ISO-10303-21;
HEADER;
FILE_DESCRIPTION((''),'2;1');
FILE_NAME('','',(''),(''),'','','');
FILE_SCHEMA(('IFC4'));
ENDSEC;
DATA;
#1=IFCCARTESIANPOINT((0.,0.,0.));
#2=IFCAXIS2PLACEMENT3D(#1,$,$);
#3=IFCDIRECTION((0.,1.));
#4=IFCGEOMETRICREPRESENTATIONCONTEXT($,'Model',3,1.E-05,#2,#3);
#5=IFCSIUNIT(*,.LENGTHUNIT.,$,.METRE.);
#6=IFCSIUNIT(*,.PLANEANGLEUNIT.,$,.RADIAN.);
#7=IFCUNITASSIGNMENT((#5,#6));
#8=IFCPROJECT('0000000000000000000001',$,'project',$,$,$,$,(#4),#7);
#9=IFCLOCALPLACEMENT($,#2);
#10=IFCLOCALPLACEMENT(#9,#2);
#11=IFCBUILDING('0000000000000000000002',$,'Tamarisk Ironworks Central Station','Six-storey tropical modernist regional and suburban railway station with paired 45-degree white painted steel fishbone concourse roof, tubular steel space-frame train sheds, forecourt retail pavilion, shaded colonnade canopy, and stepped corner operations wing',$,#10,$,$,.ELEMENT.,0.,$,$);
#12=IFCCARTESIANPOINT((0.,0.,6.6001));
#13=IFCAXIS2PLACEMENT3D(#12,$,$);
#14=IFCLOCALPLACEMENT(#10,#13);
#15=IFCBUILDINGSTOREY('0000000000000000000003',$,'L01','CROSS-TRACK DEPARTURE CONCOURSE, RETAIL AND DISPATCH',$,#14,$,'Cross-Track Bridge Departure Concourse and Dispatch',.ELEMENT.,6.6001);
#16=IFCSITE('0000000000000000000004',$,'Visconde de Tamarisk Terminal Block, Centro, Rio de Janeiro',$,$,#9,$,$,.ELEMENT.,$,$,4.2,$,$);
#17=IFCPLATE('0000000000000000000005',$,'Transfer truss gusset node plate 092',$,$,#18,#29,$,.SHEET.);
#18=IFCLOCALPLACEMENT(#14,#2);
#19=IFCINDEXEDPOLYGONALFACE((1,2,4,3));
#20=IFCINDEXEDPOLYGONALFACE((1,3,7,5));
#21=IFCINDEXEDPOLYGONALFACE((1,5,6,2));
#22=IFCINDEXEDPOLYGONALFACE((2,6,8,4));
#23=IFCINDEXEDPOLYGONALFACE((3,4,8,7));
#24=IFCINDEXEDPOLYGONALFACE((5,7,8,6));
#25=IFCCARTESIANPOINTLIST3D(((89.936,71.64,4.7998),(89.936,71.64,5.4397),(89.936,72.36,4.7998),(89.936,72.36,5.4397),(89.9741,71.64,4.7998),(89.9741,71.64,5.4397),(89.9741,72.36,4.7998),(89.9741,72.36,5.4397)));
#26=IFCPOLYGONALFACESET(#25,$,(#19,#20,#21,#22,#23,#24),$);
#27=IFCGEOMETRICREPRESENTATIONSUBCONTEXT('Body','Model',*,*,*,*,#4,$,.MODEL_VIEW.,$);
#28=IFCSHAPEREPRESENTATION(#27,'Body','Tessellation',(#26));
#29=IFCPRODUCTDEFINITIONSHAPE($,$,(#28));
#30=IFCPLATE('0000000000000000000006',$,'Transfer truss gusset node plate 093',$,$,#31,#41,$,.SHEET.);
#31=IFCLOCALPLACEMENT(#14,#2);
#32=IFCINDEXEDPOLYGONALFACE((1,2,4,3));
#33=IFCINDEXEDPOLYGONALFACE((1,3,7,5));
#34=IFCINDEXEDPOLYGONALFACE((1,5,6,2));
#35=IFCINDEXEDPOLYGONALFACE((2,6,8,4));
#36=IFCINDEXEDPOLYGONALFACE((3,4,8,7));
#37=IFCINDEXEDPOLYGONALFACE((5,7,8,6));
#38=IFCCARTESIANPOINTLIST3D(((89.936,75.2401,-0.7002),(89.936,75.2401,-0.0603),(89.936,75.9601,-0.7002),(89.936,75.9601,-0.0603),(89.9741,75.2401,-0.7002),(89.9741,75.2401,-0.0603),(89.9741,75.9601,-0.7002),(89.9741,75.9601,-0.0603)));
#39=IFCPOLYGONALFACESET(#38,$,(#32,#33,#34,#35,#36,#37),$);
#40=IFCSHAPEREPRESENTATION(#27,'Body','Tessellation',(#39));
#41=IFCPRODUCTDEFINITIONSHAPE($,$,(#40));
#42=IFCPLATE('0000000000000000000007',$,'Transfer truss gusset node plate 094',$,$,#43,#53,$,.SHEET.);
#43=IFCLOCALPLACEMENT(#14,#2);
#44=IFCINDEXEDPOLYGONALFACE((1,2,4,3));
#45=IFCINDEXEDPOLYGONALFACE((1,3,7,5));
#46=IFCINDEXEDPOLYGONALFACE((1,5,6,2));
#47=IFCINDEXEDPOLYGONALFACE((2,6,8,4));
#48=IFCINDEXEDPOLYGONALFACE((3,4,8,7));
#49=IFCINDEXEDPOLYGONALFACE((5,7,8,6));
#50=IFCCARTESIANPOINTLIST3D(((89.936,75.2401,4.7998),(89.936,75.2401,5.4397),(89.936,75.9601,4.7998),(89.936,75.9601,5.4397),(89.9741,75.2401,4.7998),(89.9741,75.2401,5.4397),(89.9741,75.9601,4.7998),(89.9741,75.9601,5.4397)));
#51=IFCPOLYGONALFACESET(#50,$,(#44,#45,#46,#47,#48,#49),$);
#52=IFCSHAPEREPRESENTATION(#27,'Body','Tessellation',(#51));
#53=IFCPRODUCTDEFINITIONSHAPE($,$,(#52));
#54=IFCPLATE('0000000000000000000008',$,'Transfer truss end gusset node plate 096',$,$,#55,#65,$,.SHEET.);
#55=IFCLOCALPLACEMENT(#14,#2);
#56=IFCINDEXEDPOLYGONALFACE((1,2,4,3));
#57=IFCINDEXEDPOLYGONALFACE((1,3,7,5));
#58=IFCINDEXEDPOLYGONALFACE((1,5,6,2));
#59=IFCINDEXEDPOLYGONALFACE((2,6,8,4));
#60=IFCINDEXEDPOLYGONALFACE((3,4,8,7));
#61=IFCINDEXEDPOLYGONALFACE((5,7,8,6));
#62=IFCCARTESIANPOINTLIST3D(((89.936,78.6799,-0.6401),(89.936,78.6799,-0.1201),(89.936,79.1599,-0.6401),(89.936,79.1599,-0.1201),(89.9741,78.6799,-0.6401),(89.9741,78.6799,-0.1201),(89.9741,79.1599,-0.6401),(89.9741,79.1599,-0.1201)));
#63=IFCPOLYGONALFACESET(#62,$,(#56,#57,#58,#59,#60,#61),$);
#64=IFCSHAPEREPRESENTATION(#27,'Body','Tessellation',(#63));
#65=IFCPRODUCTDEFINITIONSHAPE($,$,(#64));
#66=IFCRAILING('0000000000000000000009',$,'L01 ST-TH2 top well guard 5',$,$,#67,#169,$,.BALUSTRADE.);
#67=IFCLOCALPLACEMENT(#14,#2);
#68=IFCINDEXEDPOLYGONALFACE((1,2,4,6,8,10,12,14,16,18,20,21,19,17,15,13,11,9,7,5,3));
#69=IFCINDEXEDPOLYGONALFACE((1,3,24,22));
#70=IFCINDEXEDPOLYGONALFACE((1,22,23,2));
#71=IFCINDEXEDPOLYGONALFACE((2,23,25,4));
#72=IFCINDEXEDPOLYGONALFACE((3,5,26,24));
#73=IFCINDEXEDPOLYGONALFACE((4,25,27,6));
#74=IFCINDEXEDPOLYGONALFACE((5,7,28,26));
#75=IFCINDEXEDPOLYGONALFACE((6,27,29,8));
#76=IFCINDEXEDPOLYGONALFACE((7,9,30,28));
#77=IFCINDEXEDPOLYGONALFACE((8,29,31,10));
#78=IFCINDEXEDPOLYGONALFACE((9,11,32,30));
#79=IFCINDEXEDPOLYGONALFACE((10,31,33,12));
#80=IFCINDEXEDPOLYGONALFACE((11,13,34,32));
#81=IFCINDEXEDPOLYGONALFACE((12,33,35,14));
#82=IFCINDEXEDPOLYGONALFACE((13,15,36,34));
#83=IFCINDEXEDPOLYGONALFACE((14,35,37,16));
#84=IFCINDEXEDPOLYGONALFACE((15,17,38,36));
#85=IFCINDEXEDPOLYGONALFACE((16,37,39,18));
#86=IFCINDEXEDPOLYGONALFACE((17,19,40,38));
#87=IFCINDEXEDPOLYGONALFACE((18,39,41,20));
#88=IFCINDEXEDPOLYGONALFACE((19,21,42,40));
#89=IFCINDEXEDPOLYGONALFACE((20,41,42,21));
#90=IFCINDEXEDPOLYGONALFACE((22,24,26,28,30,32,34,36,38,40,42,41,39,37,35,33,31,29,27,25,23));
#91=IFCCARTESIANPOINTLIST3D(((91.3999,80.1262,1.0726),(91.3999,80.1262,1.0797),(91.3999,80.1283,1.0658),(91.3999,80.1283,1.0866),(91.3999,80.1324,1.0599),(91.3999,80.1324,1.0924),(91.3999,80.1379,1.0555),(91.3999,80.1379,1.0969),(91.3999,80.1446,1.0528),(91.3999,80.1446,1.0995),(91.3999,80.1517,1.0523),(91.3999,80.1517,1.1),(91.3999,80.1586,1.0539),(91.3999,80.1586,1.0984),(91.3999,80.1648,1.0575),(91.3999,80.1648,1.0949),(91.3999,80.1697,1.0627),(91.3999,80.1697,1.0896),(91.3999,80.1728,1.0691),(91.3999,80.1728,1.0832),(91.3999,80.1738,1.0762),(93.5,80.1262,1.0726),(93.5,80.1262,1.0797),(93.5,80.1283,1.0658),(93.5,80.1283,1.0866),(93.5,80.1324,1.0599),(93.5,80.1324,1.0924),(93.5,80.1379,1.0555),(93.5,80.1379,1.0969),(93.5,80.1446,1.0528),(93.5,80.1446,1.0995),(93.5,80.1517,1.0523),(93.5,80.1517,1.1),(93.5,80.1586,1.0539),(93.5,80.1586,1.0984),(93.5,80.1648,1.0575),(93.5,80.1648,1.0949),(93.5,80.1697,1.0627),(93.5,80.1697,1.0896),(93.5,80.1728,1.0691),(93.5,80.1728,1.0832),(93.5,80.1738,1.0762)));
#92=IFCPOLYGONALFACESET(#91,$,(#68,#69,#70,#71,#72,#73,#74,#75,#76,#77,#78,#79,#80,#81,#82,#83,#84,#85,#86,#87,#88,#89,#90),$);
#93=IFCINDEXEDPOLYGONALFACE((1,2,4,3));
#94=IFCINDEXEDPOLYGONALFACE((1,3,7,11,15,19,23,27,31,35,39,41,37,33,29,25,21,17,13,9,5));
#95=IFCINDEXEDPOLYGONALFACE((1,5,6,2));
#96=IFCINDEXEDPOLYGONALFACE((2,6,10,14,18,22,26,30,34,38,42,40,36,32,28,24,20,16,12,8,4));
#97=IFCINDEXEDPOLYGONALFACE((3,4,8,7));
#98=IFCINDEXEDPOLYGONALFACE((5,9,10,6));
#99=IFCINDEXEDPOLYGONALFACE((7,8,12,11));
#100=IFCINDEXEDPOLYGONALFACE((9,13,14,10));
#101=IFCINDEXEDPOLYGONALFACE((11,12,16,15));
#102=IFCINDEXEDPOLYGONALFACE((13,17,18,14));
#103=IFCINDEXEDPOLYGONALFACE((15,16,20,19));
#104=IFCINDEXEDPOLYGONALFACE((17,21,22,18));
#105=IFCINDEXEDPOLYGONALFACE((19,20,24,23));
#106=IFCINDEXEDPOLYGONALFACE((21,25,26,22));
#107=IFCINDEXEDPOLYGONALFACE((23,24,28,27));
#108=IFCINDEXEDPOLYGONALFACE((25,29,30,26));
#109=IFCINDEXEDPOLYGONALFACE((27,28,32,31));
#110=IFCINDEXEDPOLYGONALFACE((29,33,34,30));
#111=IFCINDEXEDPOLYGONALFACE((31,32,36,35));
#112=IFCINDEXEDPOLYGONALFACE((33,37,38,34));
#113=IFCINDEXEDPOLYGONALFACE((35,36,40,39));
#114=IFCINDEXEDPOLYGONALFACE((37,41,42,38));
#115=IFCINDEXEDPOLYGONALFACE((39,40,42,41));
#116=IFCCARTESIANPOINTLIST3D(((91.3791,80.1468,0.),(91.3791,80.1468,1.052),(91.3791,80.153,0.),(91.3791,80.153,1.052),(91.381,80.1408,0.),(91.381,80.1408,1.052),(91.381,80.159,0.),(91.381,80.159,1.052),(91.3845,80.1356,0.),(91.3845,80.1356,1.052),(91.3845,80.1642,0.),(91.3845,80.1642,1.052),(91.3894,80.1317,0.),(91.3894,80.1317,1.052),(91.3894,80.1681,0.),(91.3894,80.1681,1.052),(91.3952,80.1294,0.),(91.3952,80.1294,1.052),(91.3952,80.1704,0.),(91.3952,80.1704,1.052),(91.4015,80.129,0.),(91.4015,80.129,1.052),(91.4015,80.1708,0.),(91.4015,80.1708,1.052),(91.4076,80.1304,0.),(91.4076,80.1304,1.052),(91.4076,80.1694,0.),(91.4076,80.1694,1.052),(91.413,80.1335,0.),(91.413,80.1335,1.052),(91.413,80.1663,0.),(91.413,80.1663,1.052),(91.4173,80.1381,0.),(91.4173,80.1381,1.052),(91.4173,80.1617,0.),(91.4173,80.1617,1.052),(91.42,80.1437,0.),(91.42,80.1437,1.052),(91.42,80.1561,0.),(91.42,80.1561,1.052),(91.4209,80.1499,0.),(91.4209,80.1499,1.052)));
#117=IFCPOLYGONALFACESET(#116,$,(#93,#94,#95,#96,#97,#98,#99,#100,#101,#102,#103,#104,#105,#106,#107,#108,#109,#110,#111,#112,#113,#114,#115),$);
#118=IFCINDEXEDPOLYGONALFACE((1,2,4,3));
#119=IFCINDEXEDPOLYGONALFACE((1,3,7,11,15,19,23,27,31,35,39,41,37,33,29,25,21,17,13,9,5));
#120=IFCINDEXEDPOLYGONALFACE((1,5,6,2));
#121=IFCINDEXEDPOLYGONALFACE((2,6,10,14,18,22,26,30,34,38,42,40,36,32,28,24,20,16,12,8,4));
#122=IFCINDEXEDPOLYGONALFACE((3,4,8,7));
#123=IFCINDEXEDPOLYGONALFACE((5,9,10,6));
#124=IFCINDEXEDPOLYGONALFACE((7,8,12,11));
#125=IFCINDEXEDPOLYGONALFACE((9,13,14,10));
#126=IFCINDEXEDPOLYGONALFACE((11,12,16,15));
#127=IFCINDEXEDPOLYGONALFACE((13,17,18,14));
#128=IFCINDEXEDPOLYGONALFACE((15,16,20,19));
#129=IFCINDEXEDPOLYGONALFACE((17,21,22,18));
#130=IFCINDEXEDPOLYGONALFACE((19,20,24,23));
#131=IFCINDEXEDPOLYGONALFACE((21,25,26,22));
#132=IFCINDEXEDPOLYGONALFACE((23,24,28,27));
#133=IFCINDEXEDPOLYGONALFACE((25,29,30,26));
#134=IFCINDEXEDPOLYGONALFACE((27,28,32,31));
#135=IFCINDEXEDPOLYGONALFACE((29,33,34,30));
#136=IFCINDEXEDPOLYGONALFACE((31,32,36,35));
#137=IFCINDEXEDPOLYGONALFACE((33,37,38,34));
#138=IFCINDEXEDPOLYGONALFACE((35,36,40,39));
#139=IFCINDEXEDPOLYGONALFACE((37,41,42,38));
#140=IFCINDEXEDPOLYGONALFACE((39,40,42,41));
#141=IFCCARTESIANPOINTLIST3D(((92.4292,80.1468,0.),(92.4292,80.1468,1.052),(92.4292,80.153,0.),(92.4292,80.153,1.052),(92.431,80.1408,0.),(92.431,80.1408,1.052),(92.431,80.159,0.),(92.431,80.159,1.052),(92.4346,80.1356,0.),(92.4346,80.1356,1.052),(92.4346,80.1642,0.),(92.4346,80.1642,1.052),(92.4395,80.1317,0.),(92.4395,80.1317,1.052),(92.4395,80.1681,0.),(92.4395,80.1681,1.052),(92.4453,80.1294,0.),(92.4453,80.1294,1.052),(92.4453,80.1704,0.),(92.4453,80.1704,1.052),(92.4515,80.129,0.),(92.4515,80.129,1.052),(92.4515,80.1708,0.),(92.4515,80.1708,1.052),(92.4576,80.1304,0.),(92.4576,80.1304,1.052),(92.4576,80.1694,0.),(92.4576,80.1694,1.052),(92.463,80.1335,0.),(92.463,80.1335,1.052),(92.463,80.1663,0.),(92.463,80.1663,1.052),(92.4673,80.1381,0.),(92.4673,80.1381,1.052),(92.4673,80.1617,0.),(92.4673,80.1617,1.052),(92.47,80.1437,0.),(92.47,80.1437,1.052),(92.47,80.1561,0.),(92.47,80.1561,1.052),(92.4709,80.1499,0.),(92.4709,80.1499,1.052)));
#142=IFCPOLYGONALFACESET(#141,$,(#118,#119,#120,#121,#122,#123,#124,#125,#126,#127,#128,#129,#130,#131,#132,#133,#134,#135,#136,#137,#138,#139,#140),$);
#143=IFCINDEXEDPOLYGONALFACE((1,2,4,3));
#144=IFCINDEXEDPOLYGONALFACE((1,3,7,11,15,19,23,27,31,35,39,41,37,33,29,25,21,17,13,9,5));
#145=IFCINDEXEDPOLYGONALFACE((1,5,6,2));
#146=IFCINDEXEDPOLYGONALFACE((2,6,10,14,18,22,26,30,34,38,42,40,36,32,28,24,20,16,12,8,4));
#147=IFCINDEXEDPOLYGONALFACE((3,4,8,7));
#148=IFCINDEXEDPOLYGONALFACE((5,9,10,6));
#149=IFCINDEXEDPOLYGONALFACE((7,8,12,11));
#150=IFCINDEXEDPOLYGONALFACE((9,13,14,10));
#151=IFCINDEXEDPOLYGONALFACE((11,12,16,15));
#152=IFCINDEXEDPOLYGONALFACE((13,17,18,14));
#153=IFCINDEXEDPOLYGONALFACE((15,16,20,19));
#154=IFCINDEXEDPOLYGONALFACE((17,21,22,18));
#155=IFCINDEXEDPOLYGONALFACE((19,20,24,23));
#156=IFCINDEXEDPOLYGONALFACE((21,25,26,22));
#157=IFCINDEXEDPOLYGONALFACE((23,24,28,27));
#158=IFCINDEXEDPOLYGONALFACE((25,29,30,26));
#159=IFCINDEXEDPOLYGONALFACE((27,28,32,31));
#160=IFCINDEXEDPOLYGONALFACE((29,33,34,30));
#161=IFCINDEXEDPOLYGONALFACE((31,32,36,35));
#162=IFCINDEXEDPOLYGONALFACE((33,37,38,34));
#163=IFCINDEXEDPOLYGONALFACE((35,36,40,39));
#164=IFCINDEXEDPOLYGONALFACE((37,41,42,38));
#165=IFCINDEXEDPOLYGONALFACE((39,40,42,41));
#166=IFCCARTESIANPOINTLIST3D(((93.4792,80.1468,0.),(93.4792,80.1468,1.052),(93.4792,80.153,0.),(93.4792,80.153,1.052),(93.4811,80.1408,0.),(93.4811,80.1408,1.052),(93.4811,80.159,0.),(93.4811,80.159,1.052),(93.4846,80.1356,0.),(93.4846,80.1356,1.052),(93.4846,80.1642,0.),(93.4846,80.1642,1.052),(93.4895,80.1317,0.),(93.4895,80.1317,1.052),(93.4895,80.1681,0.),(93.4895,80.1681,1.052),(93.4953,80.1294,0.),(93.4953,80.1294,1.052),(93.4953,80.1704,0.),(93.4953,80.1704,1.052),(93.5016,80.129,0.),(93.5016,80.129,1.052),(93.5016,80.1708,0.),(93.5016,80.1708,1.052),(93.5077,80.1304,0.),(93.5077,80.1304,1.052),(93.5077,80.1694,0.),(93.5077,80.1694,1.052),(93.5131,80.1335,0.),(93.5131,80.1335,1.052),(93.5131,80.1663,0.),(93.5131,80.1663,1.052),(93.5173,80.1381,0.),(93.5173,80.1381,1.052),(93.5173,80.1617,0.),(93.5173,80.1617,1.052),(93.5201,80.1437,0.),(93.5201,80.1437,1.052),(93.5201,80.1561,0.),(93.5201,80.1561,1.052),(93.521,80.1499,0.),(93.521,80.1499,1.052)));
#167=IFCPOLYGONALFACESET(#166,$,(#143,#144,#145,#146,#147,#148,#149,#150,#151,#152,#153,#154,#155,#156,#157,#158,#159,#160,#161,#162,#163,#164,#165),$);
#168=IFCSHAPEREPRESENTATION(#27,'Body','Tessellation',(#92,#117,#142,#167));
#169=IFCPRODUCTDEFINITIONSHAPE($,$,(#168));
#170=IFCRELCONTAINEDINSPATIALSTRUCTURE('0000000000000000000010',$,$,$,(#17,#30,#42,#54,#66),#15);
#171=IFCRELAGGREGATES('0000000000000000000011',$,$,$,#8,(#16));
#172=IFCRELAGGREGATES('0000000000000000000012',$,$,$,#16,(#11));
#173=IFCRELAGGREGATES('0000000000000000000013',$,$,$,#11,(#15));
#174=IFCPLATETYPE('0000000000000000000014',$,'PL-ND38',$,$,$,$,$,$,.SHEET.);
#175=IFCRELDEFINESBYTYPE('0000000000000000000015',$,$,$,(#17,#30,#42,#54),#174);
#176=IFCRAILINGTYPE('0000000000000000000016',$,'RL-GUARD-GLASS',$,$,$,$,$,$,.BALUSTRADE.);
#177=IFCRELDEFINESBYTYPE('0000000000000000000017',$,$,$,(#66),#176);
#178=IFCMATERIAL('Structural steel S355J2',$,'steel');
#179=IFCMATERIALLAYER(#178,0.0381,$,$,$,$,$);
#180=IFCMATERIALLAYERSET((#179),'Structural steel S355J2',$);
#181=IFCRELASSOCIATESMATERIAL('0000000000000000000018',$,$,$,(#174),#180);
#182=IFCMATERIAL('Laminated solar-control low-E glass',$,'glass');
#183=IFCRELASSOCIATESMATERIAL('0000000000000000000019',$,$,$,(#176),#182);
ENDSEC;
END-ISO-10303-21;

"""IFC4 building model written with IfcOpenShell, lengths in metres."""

from ifc_helpers import new_model, si_unit, direction, frame, origin, origin_2d, place, context, subcontext, project, spatial, rectangle, circle, extrude, material, layer, layer_set, type_object, element, save


model = new_model("IFC4")

# Units and contexts
model_context = context("Model", 3, precision=1e-05, world=origin(), true_north=direction((0.0, 1.0)))
body_context = subcontext(model_context, "Body", "Model", "MODEL_VIEW")
ifc_project = project(units=[si_unit("LENGTHUNIT", "METRE"), si_unit("PLANEANGLEUNIT", "RADIAN")], contexts=[model_context])

# Site, building, storey
site_placement = place(None, origin())
site = spatial("IfcSite", under=ifc_project, at=site_placement, Name="Visconde de Tamarisk Terminal Block, Centro, Rio de Janeiro", CompositionType="ELEMENT", RefElevation=4.2)
building_placement = place(site_placement, origin())
building = spatial("IfcBuilding", under=site, at=building_placement, Name="Tamarisk Ironworks Central Station", Description="Six-storey tropical modernist regional and suburban railway station with paired 45-degree white painted steel fishbone concourse roof, tubular steel space-frame train sheds, forecourt retail pavilion, shaded colonnade canopy, and stepped corner operations wing", CompositionType="ELEMENT", ElevationOfRefHeight=0.0)
storey_placement = place(building_placement, frame((0.0, 0.0, 6.6001)))
storey = spatial("IfcBuildingStorey", under=building, at=storey_placement, Name="L01", Description="CROSS-TRACK DEPARTURE CONCOURSE, RETAIL AND DISPATCH", LongName="Cross-Track Bridge Departure Concourse and Dispatch", CompositionType="ELEMENT", Elevation=6.6001)

# Shared definitions
ifc_material_1 = material(Name="Structural steel S355J2", Category="steel")

# Plates
ifc_layer_1 = layer(ifc_material_1, 0.0381)
ifc_layer_set_1 = layer_set([ifc_layer_1], Name="Structural steel S355J2")
plate_type_1 = type_object("IfcPlateType", Name="PL-ND38", PredefinedType="SHEET", material=ifc_layer_set_1)
for number, where, z_axis, x_axis, name in (
    (1, (89.9551, 72.0, 4.7998), (0.0, 0.0, 1.0), (1.0, 0.0, 0.0), "Transfer truss gusset node plate 092"),
    (2, (89.9551, 75.6001, -0.7002), (0.0, 0.0, 1.0), (1.0, 0.0, 0.0), "Transfer truss gusset node plate 093"),
    (3, (89.9551, 75.6001, 4.7998), (0.0, 0.0, 1.0), (1.0, 0.0, 0.0), "Transfer truss gusset node plate 094"),
):
    element("IfcPlate", number, at=place(storey_placement, frame(where, z_axis=z_axis, x_axis=x_axis)), inside=storey, type_object=plate_type_1, Name=name, PredefinedType="SHEET", context=body_context, shape_type="SweptSolid", body=[
        extrude(rectangle(XDim=0.0381, YDim=0.72, at=origin_2d()), origin(), (0.0, 0.0, 1.0), 0.6399),
    ])
plate_placement = place(storey_placement, frame((89.9551, 78.9199, -0.6401), z_axis=(0.0, 0.0, 1.0), x_axis=(1.0, 0.0, 0.0)))
element("IfcPlate", 4, at=plate_placement, inside=storey, type_object=plate_type_1, Name="Transfer truss end gusset node plate 096", PredefinedType="SHEET", context=body_context, shape_type="SweptSolid", body=[
    extrude(rectangle(XDim=0.0381, YDim=0.48, at=origin_2d()), origin(), (0.0, 0.0, 1.0), 0.52),
])

# Railing
ifc_material_2 = material(Name="Laminated solar-control low-E glass", Category="glass")
railing_type = type_object("IfcRailingType", Name="RL-GUARD-GLASS", PredefinedType="BALUSTRADE", material=ifc_material_2)
railing_placement = place(storey_placement, frame((91.3999, 80.1499, 0.0)))
element("IfcRailing", 5, at=railing_placement, inside=storey, type_object=railing_type, Name="L01 ST-TH2 top well guard 5", PredefinedType="BALUSTRADE", context=body_context, shape_type="SweptSolid", body=[
    extrude(circle(Radius=0.0239, at=origin_2d()), frame((0.0, 0.0, 1.0762), z_axis=(1.0, 0.0, 0.0), x_axis=(0.0, 1.0, 0.0)), (0.0, 0.0, 1.0), 2.1001),
    extrude(circle(Radius=0.021, at=origin_2d()), origin(), (0.0, 0.0, 1.0), 1.052),
    extrude(circle(Radius=0.021, at=origin_2d()), frame((1.05, 0.0, 0.0)), (0.0, 0.0, 1.0), 1.052),
    extrude(circle(Radius=0.021, at=origin_2d()), frame((2.1001, 0.0, 0.0)), (0.0, 0.0, 1.0), 1.052),
])

save(model, "model.ifc")
